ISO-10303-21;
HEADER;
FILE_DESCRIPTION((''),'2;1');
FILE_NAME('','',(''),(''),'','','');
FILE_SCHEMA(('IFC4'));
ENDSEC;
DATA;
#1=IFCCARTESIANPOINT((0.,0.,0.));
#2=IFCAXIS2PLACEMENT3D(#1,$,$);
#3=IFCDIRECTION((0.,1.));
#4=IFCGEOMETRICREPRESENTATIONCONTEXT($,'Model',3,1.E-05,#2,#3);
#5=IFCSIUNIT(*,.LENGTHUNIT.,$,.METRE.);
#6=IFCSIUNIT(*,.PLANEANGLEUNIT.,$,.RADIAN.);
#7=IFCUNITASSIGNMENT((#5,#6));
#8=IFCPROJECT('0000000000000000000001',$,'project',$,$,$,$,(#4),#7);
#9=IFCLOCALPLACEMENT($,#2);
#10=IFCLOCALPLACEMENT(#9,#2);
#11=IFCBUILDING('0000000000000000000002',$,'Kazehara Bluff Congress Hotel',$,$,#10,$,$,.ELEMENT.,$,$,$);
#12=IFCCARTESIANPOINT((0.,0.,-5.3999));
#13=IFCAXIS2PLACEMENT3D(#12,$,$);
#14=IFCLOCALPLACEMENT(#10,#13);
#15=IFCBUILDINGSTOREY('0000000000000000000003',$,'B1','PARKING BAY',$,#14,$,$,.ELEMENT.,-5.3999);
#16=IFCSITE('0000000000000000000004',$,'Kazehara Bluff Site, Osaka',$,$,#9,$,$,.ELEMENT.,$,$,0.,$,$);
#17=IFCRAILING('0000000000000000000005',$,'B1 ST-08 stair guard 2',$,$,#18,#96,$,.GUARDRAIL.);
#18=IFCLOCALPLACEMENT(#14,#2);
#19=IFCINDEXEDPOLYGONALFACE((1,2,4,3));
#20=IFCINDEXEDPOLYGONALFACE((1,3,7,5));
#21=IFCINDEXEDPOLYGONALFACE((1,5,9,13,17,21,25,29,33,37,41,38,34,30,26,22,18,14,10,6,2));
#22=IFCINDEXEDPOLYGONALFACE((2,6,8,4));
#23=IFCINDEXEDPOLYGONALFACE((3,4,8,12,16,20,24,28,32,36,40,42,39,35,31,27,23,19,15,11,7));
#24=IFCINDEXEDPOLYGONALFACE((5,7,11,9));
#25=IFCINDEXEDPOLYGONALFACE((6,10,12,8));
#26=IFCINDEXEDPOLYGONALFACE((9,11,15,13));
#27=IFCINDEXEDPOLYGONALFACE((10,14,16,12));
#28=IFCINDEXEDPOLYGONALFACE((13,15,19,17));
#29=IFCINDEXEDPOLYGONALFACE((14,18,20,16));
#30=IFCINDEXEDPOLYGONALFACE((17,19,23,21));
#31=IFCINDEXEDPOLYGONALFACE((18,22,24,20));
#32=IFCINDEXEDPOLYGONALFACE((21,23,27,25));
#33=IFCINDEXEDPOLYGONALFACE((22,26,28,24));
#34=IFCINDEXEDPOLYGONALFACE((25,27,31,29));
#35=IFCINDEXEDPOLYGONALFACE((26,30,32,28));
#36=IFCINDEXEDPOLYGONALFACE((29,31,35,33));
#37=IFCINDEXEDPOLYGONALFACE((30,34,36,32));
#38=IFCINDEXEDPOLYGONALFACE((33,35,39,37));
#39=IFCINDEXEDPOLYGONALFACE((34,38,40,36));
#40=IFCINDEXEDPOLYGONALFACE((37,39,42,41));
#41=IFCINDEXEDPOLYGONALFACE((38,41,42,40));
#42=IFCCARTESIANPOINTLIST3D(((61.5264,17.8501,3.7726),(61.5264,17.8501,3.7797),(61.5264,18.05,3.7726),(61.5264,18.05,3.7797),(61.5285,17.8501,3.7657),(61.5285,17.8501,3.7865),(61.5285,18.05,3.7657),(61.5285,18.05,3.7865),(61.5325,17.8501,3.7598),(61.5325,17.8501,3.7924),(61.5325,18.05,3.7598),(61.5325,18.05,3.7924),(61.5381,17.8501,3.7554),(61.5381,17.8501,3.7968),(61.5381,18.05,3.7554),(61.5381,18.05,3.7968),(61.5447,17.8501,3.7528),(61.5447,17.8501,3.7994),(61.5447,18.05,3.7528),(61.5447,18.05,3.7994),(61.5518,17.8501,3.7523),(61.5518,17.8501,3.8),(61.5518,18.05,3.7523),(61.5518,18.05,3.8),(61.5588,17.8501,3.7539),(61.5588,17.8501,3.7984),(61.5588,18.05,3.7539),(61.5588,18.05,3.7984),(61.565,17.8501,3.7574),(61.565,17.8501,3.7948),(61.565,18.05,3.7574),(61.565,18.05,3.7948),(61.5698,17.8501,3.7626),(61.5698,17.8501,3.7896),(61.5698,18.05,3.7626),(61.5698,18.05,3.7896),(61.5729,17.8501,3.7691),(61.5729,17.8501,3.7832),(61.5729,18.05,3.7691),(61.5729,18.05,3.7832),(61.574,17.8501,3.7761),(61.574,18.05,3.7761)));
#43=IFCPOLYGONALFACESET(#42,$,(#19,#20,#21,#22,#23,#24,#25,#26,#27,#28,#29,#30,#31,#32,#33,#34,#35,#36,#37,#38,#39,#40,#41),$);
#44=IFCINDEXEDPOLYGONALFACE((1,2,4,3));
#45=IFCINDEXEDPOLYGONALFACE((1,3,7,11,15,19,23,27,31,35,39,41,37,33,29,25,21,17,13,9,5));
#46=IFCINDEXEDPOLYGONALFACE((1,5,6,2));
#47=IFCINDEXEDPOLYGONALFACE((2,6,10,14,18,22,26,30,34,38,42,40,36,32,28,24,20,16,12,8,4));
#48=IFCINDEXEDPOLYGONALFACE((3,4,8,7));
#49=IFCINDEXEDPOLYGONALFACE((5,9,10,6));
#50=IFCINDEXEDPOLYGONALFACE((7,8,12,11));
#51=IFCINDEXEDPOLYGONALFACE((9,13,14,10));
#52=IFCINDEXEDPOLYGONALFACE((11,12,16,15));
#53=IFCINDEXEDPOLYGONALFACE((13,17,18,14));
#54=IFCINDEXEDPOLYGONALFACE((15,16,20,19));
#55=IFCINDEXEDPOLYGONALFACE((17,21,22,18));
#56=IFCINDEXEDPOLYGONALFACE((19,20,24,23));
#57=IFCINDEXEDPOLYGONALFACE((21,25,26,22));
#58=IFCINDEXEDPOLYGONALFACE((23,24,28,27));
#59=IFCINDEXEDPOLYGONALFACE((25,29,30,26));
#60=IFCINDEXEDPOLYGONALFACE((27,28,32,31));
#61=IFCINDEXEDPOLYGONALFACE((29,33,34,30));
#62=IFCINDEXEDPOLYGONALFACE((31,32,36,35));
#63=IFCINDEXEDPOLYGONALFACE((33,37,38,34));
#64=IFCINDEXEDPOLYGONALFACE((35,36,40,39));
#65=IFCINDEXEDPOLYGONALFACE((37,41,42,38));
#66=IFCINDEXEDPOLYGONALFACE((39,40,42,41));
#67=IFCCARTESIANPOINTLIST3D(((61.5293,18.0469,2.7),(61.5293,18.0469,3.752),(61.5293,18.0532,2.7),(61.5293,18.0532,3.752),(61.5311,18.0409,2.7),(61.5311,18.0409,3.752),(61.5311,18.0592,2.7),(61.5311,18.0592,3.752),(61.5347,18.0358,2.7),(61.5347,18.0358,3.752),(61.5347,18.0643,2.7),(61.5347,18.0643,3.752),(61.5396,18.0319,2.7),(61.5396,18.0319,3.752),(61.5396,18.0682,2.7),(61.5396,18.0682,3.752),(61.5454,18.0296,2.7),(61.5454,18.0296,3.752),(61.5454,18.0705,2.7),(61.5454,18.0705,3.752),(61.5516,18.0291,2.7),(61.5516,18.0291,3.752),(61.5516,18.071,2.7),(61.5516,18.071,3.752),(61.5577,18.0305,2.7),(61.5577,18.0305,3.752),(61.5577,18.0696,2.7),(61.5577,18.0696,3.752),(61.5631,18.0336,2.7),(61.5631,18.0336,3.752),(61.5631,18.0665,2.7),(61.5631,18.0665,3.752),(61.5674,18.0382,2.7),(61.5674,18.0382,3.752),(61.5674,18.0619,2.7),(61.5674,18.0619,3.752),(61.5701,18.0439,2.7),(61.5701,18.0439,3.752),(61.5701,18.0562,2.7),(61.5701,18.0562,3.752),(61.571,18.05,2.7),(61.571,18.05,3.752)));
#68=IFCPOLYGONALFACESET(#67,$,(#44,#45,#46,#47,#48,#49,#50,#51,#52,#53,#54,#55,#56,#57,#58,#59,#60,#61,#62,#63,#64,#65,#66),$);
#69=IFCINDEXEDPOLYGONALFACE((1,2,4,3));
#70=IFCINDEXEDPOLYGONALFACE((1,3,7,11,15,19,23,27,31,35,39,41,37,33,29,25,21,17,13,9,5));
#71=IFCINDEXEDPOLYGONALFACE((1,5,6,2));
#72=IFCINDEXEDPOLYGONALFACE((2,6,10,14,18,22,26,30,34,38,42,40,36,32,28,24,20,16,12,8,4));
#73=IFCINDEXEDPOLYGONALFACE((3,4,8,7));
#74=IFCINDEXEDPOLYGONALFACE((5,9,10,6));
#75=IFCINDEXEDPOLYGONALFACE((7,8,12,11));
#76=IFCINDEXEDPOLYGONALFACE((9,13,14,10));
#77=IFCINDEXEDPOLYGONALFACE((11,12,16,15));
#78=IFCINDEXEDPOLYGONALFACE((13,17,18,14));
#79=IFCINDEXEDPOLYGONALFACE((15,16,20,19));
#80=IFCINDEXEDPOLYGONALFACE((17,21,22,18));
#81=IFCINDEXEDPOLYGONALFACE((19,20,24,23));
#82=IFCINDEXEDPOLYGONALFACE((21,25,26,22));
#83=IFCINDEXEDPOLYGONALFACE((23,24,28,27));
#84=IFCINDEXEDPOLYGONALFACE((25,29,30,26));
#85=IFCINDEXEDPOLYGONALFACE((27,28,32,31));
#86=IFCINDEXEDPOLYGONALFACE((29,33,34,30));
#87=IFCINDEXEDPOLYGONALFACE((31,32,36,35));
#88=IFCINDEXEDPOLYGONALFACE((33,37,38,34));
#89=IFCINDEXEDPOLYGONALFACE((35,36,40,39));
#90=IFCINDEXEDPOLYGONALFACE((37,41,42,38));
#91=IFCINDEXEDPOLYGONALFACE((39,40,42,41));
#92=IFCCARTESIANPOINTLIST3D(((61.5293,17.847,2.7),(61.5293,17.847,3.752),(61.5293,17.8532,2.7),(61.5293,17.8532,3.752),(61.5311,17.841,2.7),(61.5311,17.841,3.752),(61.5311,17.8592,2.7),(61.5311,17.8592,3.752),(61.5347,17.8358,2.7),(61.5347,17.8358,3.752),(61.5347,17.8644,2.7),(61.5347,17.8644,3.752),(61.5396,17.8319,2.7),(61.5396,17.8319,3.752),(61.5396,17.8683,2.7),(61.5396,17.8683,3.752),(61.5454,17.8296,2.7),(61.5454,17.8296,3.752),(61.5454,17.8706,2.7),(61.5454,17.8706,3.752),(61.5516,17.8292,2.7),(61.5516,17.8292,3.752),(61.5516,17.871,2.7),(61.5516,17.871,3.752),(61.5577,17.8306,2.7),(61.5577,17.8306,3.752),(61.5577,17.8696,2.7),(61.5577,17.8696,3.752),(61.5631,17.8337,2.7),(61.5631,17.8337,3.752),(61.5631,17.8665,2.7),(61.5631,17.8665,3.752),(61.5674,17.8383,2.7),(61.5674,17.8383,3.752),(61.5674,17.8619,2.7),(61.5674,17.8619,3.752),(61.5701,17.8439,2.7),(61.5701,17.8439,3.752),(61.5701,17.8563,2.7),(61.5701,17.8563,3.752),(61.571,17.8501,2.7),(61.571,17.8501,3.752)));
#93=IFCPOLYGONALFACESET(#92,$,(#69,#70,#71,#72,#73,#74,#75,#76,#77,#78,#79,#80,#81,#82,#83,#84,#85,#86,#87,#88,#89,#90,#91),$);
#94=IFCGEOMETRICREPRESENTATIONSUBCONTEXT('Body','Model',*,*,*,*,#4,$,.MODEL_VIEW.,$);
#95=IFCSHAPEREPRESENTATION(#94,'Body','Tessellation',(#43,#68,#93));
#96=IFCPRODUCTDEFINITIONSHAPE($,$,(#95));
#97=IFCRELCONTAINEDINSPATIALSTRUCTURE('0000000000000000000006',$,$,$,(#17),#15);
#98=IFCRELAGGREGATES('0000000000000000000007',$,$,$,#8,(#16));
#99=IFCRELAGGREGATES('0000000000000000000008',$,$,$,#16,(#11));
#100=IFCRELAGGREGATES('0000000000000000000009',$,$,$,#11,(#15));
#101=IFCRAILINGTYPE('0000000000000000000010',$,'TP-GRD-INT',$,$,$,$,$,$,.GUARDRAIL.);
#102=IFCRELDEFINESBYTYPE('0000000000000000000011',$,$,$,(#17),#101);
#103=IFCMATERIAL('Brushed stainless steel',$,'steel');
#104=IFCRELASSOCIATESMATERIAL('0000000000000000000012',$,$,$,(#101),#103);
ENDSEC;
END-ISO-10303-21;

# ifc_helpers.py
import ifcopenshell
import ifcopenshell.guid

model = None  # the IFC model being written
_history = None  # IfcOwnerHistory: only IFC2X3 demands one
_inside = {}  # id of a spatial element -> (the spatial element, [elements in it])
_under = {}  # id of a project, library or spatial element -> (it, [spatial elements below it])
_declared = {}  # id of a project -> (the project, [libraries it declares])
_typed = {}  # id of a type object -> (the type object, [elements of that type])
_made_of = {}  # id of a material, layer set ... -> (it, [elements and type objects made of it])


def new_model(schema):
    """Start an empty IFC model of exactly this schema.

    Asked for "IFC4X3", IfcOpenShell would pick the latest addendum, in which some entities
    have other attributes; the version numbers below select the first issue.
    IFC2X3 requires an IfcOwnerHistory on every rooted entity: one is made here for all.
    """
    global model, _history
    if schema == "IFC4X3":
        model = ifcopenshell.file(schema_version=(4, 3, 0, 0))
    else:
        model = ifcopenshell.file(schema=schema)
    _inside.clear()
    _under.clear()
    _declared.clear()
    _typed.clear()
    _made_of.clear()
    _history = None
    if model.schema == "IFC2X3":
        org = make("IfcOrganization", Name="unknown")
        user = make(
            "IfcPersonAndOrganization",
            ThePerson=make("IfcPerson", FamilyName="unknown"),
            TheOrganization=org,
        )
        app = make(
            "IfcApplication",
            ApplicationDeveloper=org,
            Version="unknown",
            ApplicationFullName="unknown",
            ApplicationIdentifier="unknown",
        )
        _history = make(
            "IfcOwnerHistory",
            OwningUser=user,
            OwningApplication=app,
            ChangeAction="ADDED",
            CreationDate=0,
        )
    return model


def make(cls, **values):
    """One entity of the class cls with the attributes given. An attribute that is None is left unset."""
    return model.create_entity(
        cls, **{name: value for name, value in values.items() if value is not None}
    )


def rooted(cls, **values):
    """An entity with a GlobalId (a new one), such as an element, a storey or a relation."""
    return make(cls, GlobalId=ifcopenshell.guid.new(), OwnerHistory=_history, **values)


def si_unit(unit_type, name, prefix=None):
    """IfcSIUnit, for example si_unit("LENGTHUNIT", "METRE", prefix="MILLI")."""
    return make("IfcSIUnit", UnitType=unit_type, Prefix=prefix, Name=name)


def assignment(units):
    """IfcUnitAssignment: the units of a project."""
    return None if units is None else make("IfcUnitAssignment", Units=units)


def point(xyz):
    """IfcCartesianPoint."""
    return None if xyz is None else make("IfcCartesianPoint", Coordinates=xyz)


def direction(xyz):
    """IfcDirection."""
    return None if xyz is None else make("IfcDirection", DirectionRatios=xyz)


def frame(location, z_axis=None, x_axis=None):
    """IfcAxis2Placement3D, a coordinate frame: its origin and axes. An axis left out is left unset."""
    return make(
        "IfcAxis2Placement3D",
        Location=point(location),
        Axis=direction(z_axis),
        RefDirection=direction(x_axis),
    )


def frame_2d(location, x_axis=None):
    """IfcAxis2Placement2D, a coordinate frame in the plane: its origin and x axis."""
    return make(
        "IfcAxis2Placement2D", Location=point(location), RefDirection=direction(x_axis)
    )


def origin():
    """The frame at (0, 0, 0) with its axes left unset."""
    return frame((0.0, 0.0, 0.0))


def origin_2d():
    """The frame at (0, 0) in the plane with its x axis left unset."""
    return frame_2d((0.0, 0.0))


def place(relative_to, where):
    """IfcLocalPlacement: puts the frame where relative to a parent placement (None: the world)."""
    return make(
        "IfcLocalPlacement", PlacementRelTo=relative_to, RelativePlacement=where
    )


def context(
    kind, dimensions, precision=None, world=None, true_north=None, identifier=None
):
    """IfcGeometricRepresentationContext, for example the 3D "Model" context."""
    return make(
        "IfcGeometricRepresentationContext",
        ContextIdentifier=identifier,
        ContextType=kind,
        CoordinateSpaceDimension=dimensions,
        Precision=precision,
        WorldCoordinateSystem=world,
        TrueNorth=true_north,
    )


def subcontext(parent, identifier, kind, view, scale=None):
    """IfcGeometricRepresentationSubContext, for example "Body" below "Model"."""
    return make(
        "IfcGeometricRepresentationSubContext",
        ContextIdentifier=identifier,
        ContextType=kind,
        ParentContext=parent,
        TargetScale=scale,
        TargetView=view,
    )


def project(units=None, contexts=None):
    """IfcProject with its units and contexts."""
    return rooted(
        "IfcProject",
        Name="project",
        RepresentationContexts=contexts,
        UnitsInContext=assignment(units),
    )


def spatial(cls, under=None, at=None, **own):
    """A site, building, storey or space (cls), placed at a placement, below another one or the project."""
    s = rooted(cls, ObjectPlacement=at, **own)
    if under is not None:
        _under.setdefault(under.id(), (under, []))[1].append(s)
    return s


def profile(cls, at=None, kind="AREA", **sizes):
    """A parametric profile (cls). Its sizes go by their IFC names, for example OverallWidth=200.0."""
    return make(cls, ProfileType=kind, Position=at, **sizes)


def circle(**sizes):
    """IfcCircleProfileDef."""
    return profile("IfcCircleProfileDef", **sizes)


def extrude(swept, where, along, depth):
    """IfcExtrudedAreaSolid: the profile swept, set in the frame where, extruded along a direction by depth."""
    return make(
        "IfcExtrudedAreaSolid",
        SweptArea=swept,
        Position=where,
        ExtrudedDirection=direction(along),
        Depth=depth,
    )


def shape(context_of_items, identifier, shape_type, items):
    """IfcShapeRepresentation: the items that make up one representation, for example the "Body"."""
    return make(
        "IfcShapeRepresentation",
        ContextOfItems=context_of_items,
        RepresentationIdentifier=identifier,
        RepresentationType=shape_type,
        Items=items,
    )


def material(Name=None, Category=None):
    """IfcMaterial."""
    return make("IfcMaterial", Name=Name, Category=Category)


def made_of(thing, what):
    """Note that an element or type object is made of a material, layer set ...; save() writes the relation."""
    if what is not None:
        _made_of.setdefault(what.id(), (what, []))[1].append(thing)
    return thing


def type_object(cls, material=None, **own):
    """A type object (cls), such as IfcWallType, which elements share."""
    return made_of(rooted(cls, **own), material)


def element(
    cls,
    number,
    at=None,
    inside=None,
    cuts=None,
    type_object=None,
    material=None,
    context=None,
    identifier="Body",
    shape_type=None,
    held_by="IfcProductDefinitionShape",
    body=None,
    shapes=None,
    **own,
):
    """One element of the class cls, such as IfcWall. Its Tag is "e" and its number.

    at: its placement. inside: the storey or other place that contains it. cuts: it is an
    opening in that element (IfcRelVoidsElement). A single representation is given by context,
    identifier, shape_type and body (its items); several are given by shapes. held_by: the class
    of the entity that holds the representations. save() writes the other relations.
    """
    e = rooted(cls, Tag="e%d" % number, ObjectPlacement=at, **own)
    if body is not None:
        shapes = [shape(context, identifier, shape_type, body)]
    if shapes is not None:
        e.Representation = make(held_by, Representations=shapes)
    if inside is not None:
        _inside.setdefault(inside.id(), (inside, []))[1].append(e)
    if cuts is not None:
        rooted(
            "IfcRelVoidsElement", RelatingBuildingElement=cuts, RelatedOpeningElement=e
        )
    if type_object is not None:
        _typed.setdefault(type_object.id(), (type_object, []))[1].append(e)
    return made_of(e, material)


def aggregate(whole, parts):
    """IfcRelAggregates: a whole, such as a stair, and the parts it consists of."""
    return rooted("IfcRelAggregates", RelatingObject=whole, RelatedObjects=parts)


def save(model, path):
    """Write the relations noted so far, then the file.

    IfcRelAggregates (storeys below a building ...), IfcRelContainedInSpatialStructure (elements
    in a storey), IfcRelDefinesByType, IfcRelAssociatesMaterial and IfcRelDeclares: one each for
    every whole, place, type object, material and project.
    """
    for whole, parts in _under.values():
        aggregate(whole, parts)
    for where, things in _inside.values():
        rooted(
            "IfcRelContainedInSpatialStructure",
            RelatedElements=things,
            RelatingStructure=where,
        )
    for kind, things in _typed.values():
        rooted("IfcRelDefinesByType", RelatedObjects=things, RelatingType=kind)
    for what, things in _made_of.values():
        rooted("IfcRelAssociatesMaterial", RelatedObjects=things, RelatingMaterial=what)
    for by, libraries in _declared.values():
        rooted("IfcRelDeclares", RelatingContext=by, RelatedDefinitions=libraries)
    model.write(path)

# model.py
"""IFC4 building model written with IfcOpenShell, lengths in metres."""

from ifc_helpers import new_model, si_unit, direction, frame, origin, origin_2d, place, context, subcontext, project, spatial, circle, extrude, material, type_object, element, save


model = new_model("IFC4")

# Units and contexts
model_context = context("Model", 3, precision=1e-05, world=origin(), true_north=direction((0.0, 1.0)))
body_context = subcontext(model_context, "Body", "Model", "MODEL_VIEW")
ifc_project = project(units=[si_unit("LENGTHUNIT", "METRE"), si_unit("PLANEANGLEUNIT", "RADIAN")], contexts=[model_context])

# Site, building, storey
site_placement = place(None, origin())
site = spatial("IfcSite", under=ifc_project, at=site_placement, Name="Kazehara Bluff Site, Osaka", CompositionType="ELEMENT", RefElevation=0.0)
building_placement = place(site_placement, origin())
building = spatial("IfcBuilding", under=site, at=building_placement, Name="Kazehara Bluff Congress Hotel", CompositionType="ELEMENT")
storey_placement = place(building_placement, frame((0.0, 0.0, -5.3999)))
storey = spatial("IfcBuildingStorey", under=building, at=storey_placement, Name="B1", Description="PARKING BAY", CompositionType="ELEMENT", Elevation=-5.3999)

# Railing
ifc_material_1 = material(Name="Brushed stainless steel", Category="steel")
railing_type_1 = type_object("IfcRailingType", Name="TP-GRD-INT", PredefinedType="GUARDRAIL", material=ifc_material_1)
railing_1_placement = place(storey_placement, frame((61.55, 18.05, 2.7)))
element("IfcRailing", 1, at=railing_1_placement, inside=storey, type_object=railing_type_1, Name="B1 ST-08 stair guard 2", PredefinedType="GUARDRAIL", context=body_context, shape_type="SweptSolid", body=[
    extrude(circle(Radius=0.0239, at=origin_2d()), frame((0.0, 0.0, 1.0762), z_axis=(0.0, -1.0, 0.0), x_axis=(1.0, 0.0, 0.0)), (0.0, 0.0, 1.0), 0.2),
    extrude(circle(Radius=0.021, at=origin_2d()), origin(), (0.0, 0.0, 1.0), 1.052),
    extrude(circle(Radius=0.021, at=origin_2d()), frame((0.0, -0.2, 0.0)), (0.0, 0.0, 1.0), 1.052),
])

save(model, "model.ifc")
